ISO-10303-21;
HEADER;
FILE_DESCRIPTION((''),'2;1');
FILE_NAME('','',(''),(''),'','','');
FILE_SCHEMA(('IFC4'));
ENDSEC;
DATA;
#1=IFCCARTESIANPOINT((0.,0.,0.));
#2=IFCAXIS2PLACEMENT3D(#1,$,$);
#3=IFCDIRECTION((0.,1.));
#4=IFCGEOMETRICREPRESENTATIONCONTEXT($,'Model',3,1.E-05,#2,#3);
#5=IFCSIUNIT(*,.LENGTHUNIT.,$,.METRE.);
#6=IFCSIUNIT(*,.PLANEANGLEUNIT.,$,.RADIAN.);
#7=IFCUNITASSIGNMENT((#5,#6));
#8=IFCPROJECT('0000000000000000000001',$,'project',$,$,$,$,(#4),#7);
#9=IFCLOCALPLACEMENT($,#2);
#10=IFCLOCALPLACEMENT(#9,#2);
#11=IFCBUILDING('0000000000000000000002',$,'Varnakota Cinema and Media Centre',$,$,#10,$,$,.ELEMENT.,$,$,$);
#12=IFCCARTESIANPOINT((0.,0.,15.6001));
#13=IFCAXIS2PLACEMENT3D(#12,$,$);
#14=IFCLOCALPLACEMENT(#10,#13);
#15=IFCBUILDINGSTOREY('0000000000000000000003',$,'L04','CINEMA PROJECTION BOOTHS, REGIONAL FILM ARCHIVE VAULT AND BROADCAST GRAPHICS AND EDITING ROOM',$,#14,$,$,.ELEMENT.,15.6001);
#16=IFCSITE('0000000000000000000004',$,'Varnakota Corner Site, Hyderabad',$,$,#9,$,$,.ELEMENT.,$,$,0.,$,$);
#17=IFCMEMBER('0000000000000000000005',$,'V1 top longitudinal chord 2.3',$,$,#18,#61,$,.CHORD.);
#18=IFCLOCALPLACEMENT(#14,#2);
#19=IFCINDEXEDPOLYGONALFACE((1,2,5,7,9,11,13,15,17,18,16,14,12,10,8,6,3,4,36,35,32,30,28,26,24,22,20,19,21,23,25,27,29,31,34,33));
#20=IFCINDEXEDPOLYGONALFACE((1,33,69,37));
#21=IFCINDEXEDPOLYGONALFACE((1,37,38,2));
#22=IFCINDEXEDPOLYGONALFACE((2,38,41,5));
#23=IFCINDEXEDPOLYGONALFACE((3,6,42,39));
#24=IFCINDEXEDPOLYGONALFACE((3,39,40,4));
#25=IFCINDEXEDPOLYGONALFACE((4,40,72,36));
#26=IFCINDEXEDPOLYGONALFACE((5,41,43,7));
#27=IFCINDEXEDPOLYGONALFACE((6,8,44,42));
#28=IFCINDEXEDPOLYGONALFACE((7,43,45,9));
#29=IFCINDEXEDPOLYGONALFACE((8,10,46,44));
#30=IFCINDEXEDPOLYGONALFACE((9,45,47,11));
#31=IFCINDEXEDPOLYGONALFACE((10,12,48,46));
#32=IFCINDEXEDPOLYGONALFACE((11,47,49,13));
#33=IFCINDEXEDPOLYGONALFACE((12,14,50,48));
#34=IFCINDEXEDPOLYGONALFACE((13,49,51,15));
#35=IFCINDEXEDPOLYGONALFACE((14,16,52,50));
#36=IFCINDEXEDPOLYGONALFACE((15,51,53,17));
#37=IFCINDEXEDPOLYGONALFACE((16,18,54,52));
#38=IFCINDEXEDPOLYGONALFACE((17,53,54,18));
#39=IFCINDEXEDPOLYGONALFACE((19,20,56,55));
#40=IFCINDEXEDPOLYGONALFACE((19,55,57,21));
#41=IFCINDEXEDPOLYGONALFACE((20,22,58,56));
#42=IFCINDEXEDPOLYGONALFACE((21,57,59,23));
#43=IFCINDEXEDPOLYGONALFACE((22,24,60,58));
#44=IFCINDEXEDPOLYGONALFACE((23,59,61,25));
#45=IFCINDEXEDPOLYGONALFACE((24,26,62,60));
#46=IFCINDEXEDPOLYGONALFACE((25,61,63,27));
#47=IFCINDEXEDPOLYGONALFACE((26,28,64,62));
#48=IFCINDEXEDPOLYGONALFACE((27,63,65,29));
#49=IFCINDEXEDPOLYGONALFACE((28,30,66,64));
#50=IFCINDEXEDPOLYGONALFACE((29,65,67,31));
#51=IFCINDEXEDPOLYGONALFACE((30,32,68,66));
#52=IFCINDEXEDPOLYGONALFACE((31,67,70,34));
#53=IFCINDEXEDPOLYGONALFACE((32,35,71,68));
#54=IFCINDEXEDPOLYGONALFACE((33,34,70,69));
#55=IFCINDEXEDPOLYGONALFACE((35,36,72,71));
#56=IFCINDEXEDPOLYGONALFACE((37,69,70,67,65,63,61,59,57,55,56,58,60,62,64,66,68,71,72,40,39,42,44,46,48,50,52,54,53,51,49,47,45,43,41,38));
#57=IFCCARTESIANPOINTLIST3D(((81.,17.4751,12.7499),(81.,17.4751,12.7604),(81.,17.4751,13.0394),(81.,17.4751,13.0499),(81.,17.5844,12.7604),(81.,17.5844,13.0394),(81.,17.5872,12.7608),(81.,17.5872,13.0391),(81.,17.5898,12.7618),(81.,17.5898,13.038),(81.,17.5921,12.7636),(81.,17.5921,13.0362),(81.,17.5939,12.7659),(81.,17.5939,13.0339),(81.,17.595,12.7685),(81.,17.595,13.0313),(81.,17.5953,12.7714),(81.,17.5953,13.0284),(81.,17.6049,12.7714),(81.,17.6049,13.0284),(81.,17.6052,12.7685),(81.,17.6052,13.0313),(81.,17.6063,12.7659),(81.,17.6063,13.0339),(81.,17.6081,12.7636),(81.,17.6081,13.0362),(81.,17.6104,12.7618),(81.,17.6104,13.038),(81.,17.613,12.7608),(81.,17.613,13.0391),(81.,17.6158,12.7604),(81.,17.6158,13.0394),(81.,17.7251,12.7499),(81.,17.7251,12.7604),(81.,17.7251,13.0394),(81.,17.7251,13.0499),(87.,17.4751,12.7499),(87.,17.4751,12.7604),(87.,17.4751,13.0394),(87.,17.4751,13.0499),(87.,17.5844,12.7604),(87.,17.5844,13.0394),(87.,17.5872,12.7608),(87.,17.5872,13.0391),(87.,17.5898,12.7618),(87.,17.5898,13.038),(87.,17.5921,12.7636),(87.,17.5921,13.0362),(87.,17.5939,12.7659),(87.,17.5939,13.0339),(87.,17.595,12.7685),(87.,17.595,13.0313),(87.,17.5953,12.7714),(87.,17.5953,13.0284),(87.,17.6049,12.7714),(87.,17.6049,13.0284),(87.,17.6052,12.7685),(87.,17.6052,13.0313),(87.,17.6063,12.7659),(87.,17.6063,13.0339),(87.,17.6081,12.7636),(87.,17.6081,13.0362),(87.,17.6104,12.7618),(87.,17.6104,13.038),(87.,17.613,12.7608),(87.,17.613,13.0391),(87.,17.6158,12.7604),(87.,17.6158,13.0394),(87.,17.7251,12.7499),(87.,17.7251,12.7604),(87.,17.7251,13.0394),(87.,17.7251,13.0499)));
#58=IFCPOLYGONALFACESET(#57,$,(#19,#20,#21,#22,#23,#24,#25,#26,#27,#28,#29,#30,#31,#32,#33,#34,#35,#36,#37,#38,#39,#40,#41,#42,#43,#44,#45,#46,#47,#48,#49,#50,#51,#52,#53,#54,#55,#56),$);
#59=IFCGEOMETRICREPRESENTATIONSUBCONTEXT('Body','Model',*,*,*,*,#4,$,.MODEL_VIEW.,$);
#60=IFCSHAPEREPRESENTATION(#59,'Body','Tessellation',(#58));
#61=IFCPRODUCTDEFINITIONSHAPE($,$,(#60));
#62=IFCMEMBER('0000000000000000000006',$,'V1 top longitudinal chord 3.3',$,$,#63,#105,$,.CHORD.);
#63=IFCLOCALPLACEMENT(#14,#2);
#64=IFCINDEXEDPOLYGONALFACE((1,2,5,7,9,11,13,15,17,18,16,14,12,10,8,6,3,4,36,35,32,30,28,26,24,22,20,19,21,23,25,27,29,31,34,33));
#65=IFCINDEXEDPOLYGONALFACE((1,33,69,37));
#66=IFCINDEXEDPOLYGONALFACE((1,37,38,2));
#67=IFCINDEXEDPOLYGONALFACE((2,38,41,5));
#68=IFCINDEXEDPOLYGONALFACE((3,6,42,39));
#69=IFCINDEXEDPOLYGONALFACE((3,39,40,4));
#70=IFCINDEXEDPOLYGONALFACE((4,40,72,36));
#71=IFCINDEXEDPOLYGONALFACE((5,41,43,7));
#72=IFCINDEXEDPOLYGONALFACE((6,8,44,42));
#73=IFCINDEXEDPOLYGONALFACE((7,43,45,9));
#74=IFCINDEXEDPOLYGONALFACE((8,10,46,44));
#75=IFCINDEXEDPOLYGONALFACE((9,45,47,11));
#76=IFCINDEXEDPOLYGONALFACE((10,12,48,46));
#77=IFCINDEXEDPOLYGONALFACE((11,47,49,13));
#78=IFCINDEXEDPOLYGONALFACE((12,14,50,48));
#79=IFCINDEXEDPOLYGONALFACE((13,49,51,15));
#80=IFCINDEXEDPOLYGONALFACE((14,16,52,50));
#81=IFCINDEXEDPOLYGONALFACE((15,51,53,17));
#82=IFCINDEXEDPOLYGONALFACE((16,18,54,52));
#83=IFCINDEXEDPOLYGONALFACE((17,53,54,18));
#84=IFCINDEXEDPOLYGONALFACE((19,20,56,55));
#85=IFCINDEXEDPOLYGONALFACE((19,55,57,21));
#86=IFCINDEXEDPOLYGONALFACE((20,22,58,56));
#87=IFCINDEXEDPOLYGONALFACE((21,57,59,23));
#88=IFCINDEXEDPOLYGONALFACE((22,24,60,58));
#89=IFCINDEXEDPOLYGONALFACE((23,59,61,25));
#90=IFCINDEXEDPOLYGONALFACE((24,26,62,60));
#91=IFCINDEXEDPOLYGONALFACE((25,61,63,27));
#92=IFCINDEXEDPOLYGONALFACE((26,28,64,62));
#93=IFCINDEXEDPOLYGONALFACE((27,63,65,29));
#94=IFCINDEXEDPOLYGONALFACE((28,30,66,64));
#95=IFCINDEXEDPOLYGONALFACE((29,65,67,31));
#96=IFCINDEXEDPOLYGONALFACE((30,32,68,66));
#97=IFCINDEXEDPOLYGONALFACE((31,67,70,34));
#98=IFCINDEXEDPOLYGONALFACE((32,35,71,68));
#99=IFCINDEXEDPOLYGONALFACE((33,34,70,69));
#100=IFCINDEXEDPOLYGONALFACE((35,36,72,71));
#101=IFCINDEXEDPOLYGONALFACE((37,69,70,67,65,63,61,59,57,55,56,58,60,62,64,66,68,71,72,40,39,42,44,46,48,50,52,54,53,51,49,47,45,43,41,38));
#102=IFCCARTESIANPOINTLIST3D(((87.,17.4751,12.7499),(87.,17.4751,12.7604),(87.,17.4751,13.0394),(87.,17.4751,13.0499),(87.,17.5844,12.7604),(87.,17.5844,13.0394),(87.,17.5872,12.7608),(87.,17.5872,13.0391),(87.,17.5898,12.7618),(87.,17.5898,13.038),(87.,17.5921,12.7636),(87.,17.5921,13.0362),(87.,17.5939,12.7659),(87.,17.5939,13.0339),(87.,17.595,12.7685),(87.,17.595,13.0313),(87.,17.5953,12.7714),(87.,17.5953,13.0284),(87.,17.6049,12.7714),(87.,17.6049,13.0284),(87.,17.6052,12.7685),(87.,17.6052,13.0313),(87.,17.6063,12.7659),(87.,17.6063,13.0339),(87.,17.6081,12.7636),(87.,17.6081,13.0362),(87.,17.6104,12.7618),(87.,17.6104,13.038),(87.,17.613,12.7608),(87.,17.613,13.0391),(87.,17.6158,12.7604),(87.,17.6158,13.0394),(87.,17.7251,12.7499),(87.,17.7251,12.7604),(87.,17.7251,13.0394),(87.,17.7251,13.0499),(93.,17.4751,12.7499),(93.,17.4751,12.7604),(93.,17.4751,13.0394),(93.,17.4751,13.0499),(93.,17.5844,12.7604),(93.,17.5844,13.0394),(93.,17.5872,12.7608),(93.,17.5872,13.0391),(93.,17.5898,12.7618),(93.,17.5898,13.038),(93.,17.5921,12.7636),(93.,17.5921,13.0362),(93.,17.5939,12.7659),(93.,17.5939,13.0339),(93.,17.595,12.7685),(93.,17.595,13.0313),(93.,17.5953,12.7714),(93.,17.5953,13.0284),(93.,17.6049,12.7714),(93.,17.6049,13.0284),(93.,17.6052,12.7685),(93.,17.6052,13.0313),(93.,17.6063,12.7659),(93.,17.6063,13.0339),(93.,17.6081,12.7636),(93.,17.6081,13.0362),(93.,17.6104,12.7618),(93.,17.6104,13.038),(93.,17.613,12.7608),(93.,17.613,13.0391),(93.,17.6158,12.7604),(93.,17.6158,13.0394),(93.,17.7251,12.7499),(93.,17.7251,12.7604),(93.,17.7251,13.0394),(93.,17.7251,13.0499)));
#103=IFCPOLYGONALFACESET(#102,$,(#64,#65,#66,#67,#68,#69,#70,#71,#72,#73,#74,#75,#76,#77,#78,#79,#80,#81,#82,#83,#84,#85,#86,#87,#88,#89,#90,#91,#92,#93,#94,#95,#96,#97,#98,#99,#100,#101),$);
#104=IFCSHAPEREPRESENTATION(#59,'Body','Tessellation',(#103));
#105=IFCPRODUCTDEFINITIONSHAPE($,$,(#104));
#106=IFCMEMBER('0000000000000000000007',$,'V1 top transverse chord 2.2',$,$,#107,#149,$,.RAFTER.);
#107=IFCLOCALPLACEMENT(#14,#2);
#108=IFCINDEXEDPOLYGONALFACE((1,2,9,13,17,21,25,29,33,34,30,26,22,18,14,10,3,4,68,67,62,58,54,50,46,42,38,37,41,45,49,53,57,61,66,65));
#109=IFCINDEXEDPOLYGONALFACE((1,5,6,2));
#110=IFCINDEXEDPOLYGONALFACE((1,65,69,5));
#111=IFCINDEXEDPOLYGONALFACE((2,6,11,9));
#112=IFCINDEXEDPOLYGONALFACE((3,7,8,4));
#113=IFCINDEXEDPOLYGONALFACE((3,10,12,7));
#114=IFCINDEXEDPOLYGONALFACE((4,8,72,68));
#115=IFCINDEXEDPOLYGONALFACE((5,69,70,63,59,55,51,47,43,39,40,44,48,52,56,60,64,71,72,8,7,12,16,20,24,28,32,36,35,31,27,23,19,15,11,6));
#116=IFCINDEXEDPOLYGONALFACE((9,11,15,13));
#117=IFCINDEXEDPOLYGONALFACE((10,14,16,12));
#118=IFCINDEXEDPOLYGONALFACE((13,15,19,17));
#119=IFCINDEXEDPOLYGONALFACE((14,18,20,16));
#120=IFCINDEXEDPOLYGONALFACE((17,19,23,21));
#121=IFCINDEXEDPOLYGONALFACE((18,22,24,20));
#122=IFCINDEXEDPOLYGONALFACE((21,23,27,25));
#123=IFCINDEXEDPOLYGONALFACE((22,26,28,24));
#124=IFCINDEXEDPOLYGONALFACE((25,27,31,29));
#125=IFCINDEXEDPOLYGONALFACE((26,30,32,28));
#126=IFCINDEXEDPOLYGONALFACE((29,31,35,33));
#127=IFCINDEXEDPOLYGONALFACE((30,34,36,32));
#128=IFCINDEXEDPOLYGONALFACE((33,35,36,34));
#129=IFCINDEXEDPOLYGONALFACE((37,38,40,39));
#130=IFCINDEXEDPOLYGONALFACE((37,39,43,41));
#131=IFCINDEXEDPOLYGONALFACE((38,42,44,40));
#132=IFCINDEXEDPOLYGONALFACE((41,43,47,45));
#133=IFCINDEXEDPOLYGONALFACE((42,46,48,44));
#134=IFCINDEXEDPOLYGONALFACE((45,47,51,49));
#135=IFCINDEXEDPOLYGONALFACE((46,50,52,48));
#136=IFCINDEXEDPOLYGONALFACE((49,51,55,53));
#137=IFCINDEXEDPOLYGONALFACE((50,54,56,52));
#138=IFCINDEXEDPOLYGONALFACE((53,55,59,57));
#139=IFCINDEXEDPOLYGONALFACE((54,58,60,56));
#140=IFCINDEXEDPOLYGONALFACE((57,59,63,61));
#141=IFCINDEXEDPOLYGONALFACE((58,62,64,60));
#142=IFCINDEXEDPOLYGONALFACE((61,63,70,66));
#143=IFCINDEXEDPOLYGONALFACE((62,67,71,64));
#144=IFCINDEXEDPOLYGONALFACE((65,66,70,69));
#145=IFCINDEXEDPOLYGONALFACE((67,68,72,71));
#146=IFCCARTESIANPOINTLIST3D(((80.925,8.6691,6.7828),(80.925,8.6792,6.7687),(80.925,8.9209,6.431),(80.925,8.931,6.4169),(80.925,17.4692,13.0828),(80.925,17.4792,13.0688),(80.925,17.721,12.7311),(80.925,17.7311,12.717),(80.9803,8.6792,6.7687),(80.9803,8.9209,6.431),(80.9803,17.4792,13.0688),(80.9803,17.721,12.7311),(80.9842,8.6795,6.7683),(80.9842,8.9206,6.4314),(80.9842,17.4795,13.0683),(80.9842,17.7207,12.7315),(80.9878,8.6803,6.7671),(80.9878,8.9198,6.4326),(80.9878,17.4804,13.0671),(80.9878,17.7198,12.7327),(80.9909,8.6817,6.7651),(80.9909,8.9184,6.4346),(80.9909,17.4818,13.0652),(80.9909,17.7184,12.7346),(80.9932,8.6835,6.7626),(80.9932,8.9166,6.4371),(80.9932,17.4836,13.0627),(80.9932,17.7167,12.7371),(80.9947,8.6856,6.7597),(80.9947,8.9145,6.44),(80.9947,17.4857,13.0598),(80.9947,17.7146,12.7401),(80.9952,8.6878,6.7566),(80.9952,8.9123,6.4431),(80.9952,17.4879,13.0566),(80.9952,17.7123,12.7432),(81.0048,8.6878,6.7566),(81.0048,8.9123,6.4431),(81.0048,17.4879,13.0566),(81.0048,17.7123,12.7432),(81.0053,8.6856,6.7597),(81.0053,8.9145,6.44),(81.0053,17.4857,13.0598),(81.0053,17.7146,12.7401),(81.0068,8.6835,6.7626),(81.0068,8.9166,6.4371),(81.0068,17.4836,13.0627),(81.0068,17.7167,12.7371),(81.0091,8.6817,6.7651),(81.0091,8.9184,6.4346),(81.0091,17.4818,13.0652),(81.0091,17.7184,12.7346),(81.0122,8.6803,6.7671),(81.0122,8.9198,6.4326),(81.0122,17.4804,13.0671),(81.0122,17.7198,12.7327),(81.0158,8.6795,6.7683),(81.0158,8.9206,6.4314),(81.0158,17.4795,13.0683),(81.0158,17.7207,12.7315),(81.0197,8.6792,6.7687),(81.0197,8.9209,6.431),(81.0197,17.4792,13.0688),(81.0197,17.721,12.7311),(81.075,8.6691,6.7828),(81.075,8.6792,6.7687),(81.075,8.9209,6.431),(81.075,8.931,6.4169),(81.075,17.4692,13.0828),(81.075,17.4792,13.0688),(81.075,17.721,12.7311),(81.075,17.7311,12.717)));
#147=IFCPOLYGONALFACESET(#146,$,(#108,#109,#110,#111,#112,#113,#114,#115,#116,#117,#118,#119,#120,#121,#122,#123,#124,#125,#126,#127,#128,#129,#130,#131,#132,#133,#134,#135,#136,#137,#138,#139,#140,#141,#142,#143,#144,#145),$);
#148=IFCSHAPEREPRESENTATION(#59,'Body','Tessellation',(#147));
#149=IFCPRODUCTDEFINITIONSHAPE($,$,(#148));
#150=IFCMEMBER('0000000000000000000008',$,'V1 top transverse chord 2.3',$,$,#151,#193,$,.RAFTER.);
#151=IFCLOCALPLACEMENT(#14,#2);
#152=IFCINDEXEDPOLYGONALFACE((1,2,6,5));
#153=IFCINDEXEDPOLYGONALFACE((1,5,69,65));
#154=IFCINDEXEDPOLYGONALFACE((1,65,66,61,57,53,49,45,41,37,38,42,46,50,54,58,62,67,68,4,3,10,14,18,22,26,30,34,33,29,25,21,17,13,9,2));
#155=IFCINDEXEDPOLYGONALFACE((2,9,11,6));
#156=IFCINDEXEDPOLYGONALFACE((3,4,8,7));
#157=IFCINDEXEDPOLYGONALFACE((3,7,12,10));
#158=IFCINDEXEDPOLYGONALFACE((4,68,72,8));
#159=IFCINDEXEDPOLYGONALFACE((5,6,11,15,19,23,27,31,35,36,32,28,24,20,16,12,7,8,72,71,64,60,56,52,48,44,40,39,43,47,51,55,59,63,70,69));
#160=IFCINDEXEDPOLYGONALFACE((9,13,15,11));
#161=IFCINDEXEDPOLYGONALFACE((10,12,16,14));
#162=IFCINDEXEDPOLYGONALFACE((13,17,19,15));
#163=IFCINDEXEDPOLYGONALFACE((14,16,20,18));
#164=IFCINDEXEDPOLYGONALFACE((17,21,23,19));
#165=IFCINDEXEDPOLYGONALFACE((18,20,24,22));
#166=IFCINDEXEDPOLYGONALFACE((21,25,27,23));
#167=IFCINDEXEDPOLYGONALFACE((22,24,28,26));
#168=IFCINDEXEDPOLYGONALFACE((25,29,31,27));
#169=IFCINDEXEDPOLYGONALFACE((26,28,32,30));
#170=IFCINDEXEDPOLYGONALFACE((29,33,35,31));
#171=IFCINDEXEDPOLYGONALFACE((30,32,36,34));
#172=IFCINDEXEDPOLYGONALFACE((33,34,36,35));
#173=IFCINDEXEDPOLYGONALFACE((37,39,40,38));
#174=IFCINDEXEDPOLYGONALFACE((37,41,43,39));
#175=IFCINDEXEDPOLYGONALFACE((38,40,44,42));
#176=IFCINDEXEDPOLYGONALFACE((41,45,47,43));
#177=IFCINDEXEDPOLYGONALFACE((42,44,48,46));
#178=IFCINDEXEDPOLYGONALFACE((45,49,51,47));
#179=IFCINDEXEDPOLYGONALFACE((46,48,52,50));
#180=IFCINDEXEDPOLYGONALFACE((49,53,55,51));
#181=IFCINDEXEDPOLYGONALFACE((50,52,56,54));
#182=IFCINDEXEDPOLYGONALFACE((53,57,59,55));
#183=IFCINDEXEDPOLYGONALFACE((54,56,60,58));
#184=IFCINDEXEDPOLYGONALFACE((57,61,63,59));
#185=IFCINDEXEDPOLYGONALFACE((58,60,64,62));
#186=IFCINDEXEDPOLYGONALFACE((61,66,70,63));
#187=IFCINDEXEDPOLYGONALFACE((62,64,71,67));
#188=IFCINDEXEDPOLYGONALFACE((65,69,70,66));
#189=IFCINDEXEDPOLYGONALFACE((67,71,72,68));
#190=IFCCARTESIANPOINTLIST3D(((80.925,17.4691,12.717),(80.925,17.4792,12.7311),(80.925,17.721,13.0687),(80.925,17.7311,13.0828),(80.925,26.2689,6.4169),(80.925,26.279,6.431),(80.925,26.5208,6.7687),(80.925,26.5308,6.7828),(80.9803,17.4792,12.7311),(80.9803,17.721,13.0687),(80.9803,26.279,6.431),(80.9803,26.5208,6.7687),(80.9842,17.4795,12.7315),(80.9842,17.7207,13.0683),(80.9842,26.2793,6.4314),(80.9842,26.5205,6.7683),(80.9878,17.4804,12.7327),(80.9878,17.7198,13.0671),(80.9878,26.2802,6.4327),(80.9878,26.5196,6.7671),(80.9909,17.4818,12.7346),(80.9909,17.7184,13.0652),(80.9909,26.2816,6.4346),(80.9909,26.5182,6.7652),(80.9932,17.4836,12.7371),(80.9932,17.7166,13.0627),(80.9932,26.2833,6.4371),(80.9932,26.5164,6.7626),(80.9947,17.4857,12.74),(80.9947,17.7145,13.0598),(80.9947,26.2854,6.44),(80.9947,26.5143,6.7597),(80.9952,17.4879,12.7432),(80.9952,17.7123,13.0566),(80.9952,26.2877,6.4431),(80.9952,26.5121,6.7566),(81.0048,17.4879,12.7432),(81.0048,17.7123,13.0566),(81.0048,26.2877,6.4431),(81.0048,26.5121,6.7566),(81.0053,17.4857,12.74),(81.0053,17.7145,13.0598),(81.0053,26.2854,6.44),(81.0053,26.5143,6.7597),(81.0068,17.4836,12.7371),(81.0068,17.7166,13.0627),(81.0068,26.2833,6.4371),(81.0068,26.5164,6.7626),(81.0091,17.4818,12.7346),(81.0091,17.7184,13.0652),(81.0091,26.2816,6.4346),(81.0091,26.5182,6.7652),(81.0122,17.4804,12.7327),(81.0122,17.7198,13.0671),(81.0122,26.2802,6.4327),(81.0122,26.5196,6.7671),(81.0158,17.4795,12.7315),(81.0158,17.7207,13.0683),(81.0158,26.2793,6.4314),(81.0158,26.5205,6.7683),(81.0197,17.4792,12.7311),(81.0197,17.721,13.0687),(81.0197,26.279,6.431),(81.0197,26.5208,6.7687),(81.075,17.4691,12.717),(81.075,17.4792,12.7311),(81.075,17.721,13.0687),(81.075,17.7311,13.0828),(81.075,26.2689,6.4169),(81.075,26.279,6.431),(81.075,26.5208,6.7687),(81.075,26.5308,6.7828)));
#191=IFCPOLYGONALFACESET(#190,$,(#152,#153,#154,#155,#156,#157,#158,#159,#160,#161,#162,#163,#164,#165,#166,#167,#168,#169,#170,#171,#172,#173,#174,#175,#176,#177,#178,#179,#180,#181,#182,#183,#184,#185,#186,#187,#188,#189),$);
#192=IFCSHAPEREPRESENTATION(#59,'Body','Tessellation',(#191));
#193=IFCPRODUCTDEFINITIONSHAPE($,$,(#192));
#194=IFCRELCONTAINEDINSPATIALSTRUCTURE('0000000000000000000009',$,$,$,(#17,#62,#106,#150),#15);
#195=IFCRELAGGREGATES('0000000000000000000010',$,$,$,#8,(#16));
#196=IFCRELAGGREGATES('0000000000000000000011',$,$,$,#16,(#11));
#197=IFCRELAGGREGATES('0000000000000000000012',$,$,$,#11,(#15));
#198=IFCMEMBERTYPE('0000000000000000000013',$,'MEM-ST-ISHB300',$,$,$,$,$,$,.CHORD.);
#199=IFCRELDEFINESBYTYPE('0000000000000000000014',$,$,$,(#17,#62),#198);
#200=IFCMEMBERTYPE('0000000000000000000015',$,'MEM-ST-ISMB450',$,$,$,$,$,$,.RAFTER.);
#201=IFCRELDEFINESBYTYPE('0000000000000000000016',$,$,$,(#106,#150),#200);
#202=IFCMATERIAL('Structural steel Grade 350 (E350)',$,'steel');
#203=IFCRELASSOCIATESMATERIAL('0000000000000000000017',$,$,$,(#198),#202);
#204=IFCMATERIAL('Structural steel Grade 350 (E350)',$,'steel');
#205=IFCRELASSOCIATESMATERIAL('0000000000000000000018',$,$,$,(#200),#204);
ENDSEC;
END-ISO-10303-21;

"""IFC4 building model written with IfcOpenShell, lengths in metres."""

from ifc_helpers import new_model, si_unit, direction, frame, origin, origin_2d, place, context, subcontext, project, spatial, i_section, extrude, material, material_profile, profile_set, type_object, element, save


model = new_model("IFC4")

# Units and contexts
model_context = context("Model", 3, precision=1e-05, world=origin(), true_north=direction((0.0, 1.0)))
body_context = subcontext(model_context, "Body", "Model", "MODEL_VIEW")
ifc_project = project(units=[si_unit("LENGTHUNIT", "METRE"), si_unit("PLANEANGLEUNIT", "RADIAN")], contexts=[model_context])

# Site, building, storey
site_placement = place(None, origin())
site = spatial("IfcSite", under=ifc_project, at=site_placement, Name="Varnakota Corner Site, Hyderabad", CompositionType="ELEMENT", RefElevation=0.0)
building_placement = place(site_placement, origin())
building = spatial("IfcBuilding", under=site, at=building_placement, Name="Varnakota Cinema and Media Centre", CompositionType="ELEMENT")
storey_placement = place(building_placement, frame((0.0, 0.0, 15.6001)))
storey = spatial("IfcBuildingStorey", under=building, at=storey_placement, Name="L04", Description="CINEMA PROJECTION BOOTHS, REGIONAL FILM ARCHIVE VAULT AND BROADCAST GRAPHICS AND EDITING ROOM", CompositionType="ELEMENT", Elevation=15.6001)

# Members
ifc_material_1 = material(Name="Structural steel Grade 350 (E350)", Category="steel")
ifc_material_profile_1 = material_profile(ifc_material_1, i_section(OverallWidth=0.25, OverallDepth=0.3, WebThickness=0.0095, FlangeThickness=0.0105, FilletRadius=0.011, at=origin_2d()), Name="ISHB 300")
ifc_profile_set_1 = profile_set([ifc_material_profile_1], Name="Structural steel Grade 350 (E350)")
member_type_1 = type_object("IfcMemberType", Name="MEM-ST-ISHB300", PredefinedType="CHORD", material=ifc_profile_set_1)
for number, where, z_axis, x_axis, name in (
    (1, (81.0, 17.6001, 12.8999), (1.0, 0.0, 0.0), (0.0, 1.0, 0.0), "V1 top longitudinal chord 2.3"),
    (2, (87.0, 17.6001, 12.8999), (1.0, 0.0, 0.0), (0.0, 1.0, 0.0), "V1 top longitudinal chord 3.3"),
):
    element("IfcMember", number, at=place(storey_placement, frame(where, z_axis=z_axis, x_axis=x_axis)), inside=storey, type_object=member_type_1, Name=name, PredefinedType="CHORD", context=body_context, shape_type="SweptSolid", body=[
        extrude(i_section(OverallWidth=0.25, OverallDepth=0.3, WebThickness=0.0095, FlangeThickness=0.0105, FilletRadius=0.011, at=origin_2d()), origin(), (0.0, 0.0, 1.0), 6.0),
    ])
ifc_material_2 = material(Name="Structural steel Grade 350 (E350)", Category="steel")
ifc_material_profile_2 = material_profile(ifc_material_2, i_section(OverallWidth=0.1499, OverallDepth=0.45, WebThickness=0.0095, FlangeThickness=0.0173, FilletRadius=0.0149, at=origin_2d()), Name="ISMB 450")
ifc_profile_set_2 = profile_set([ifc_material_profile_2], Name="Structural steel Grade 350 (E350)")
member_type_2 = type_object("IfcMemberType", Name="MEM-ST-ISMB450", PredefinedType="RAFTER", material=ifc_profile_set_2)
member_1_placement = place(storey_placement, frame((81.0, 8.8, 6.5999), z_axis=(0.0, 0.813108, 0.582113), x_axis=(-1.0, 0.0, 0.0)))
element("IfcMember", 3, at=member_1_placement, inside=storey, type_object=member_type_2, Name="V1 top transverse chord 2.2", PredefinedType="RAFTER", context=body_context, shape_type="SweptSolid", body=[
    extrude(i_section(OverallWidth=0.1499, OverallDepth=0.45, WebThickness=0.0095, FlangeThickness=0.0173, FilletRadius=0.0149, at=origin_2d()), origin(), (0.0, 0.0, 1.0), 10.8228),
])
member_2_placement = place(storey_placement, frame((81.0, 17.6001, 12.8999), z_axis=(0.0, 0.8131, -0.582123), x_axis=(-1.0, 0.0, 0.0)))
element("IfcMember", 4, at=member_2_placement, inside=storey, type_object=member_type_2, Name="V1 top transverse chord 2.3", PredefinedType="RAFTER", context=body_context, shape_type="SweptSolid", body=[
    extrude(i_section(OverallWidth=0.1499, OverallDepth=0.45, WebThickness=0.0095, FlangeThickness=0.0173, FilletRadius=0.0149, at=origin_2d()), origin(), (0.0, 0.0, 1.0), 10.8225),
])

save(model, "model.ifc")
